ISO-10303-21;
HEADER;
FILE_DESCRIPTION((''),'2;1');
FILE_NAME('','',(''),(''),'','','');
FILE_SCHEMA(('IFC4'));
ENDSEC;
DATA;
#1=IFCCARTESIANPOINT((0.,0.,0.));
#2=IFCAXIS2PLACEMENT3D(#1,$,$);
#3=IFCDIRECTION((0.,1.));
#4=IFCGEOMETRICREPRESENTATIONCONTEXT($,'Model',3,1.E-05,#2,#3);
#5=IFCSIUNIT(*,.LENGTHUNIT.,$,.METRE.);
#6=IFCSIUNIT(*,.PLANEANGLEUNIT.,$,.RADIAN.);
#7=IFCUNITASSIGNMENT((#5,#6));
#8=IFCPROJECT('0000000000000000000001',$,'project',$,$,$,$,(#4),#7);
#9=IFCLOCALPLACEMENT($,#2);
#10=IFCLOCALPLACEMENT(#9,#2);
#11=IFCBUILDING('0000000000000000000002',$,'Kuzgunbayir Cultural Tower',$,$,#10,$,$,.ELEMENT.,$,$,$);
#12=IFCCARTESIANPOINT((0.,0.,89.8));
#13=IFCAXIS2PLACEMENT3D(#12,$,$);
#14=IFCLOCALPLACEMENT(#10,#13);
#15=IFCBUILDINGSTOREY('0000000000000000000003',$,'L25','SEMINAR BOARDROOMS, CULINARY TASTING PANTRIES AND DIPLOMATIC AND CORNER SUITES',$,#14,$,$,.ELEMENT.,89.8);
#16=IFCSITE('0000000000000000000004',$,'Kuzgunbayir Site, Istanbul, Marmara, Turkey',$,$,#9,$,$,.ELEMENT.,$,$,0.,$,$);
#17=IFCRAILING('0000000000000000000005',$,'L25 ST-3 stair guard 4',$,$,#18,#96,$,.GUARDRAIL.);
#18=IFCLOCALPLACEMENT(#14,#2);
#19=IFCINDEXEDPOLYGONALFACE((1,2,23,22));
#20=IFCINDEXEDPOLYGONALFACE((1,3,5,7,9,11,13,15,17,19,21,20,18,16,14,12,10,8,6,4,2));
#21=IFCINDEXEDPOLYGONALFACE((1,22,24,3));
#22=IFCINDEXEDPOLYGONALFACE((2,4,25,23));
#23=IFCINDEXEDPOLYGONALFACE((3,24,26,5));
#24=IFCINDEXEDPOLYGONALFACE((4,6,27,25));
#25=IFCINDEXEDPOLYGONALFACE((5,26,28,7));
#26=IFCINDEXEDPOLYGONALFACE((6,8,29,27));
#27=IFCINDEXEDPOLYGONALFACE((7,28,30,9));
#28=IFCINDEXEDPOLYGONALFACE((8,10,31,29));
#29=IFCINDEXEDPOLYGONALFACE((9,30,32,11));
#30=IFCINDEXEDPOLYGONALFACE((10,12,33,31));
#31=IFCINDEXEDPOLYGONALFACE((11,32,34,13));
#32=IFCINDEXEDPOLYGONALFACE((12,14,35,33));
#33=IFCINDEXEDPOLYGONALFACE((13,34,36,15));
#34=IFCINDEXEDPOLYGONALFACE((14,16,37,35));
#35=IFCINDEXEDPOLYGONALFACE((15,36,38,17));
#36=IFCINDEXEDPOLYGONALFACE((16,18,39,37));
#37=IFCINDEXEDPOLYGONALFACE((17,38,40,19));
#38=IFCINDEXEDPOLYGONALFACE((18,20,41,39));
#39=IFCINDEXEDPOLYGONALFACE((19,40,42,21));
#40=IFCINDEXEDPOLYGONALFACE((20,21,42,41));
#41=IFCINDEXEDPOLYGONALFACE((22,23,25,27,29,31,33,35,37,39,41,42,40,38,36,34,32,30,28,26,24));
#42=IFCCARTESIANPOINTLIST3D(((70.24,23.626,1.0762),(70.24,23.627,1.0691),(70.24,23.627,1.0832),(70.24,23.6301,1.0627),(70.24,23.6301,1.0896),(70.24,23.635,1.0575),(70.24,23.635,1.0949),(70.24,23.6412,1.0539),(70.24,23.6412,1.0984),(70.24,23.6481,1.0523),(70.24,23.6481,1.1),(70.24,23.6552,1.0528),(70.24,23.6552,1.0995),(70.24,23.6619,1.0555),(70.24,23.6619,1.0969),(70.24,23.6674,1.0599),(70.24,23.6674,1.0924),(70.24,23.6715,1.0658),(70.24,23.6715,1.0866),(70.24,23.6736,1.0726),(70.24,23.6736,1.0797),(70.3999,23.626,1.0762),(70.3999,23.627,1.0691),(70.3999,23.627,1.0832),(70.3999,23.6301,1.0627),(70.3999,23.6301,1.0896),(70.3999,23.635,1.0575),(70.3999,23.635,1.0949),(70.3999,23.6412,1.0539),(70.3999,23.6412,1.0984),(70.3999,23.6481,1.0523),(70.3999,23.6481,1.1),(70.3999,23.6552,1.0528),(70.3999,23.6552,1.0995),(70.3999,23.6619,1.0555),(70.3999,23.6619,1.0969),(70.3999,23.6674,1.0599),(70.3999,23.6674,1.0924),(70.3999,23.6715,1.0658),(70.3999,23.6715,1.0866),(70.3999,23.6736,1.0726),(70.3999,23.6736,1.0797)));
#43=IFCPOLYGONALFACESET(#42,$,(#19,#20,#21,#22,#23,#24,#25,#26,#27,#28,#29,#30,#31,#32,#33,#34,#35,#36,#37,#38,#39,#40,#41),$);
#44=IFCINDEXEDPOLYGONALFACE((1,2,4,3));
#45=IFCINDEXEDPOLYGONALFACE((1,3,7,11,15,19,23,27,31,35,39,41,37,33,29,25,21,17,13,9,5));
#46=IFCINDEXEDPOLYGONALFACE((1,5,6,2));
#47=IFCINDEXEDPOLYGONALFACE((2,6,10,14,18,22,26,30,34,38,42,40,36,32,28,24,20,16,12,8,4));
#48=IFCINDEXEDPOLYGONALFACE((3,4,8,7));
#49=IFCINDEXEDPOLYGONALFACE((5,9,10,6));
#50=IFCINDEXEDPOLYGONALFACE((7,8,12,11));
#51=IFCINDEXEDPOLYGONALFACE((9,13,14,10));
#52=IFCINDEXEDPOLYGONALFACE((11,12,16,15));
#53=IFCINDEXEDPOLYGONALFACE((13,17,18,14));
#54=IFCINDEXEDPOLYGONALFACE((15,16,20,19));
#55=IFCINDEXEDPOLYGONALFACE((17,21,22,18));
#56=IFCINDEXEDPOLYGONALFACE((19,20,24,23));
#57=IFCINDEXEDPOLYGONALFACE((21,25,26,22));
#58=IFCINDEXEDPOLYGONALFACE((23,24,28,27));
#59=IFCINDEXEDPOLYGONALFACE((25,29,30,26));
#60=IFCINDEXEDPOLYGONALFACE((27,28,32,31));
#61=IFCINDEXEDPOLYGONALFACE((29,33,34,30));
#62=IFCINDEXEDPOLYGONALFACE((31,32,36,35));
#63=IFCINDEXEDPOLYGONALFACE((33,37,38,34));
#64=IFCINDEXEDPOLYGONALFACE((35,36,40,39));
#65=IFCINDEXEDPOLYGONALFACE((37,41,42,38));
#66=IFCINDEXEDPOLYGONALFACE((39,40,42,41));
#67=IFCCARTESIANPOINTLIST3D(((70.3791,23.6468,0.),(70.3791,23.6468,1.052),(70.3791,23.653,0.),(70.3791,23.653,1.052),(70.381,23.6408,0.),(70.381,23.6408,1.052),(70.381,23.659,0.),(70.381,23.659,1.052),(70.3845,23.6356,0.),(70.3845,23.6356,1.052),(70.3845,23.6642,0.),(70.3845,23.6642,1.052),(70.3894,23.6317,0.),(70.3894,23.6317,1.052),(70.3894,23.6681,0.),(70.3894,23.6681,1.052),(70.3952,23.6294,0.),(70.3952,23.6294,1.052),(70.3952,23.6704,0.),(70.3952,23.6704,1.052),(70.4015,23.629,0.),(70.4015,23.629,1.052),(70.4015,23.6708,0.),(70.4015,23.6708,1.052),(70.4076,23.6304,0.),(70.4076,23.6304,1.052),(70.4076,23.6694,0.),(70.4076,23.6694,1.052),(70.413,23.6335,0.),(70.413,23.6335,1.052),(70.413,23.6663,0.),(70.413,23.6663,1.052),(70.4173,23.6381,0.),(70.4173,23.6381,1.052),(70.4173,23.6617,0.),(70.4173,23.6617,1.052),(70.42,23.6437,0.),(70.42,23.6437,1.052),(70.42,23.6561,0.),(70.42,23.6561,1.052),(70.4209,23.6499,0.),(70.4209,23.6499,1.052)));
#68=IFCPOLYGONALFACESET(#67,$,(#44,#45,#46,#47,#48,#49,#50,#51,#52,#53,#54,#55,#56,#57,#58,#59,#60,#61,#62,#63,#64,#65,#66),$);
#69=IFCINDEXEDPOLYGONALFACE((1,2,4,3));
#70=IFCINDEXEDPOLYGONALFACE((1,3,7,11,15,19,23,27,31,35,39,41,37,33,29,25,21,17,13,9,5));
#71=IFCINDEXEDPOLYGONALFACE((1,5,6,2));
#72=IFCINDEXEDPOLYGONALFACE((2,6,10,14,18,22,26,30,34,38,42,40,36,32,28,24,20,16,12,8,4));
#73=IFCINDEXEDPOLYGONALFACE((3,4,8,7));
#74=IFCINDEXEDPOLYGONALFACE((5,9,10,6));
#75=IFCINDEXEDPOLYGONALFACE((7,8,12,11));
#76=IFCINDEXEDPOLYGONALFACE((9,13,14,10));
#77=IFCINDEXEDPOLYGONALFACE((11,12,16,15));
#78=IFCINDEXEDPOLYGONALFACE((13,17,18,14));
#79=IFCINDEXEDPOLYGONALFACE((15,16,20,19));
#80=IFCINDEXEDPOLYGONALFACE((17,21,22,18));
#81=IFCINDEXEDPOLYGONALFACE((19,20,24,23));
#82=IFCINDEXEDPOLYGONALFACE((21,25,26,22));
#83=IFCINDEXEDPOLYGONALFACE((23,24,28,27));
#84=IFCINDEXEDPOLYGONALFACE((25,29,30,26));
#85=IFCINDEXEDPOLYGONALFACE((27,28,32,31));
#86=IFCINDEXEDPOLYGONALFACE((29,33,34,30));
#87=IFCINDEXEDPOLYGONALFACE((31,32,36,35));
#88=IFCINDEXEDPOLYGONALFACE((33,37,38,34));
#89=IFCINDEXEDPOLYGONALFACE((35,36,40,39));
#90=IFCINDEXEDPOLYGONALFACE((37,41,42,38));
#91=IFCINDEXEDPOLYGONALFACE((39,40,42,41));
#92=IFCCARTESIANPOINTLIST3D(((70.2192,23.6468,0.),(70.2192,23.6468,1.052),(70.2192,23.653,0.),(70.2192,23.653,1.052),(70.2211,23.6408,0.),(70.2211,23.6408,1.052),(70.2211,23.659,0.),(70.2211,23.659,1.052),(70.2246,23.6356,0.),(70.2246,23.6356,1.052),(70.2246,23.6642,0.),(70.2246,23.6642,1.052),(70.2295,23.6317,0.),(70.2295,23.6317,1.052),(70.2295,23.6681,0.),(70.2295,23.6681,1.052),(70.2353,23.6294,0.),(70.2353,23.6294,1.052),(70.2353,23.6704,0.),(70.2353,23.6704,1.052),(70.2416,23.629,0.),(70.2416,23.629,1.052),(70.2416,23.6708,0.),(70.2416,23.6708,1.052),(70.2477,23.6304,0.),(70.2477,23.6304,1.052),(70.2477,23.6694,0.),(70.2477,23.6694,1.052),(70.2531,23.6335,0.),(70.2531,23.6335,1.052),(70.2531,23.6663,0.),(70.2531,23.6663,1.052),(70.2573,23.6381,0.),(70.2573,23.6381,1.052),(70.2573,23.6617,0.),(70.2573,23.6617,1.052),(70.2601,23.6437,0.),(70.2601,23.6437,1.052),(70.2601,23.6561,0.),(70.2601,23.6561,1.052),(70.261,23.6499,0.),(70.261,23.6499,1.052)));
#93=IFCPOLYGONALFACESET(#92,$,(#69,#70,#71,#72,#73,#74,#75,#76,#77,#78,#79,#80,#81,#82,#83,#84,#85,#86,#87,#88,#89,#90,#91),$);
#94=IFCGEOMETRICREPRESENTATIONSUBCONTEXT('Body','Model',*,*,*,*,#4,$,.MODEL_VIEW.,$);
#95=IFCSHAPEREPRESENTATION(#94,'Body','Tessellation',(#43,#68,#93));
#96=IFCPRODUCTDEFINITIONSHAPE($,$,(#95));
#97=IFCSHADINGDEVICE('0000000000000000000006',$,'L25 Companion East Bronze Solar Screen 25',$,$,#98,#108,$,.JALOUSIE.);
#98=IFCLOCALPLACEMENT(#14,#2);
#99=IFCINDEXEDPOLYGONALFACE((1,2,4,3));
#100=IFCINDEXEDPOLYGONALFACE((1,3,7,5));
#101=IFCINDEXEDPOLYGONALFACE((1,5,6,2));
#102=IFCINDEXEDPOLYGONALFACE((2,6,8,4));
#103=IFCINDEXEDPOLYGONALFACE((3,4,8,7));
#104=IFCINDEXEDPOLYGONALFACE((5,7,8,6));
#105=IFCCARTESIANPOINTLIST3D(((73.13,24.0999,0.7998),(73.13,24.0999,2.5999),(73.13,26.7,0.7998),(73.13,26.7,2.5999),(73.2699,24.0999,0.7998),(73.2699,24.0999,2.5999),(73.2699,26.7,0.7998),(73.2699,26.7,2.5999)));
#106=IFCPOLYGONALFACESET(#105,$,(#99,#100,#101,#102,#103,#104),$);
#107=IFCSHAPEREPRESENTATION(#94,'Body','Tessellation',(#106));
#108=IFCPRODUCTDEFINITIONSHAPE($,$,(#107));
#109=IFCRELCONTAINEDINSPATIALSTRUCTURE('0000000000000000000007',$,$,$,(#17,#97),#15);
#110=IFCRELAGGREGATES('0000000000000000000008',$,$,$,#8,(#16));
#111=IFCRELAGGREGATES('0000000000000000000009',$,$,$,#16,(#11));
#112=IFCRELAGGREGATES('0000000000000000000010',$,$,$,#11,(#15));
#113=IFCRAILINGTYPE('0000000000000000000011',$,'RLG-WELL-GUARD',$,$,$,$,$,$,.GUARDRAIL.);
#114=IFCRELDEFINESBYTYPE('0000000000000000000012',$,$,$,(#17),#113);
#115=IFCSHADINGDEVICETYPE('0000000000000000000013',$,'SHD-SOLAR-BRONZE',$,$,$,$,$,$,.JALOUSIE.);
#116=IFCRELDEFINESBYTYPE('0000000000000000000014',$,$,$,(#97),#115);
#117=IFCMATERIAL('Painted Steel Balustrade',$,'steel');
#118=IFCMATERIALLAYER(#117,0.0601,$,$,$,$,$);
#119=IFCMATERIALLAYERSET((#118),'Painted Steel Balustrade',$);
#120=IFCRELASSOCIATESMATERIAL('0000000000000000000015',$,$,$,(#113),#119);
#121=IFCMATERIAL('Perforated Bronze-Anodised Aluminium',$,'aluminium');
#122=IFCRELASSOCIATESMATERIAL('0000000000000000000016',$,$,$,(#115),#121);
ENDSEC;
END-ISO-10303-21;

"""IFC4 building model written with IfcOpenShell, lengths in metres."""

from ifc_helpers import new_model, si_unit, direction, frame, origin, origin_2d, place, context, subcontext, project, spatial, rectangle, circle, extrude, material, layer, layer_set, type_object, element, save


model = new_model("IFC4")

# Units and contexts
model_context = context("Model", 3, precision=1e-05, world=origin(), true_north=direction((0.0, 1.0)))
body_context = subcontext(model_context, "Body", "Model", "MODEL_VIEW")
ifc_project = project(units=[si_unit("LENGTHUNIT", "METRE"), si_unit("PLANEANGLEUNIT", "RADIAN")], contexts=[model_context])

# Site, building, storey
site_placement = place(None, origin())
site = spatial("IfcSite", under=ifc_project, at=site_placement, Name="Kuzgunbayir Site, Istanbul, Marmara, Turkey", CompositionType="ELEMENT", RefElevation=0.0)
building_placement = place(site_placement, origin())
building = spatial("IfcBuilding", under=site, at=building_placement, Name="Kuzgunbayir Cultural Tower", CompositionType="ELEMENT")
storey_placement = place(building_placement, frame((0.0, 0.0, 89.8)))
storey = spatial("IfcBuildingStorey", under=building, at=storey_placement, Name="L25", Description="SEMINAR BOARDROOMS, CULINARY TASTING PANTRIES AND DIPLOMATIC AND CORNER SUITES", CompositionType="ELEMENT", Elevation=89.8)

# Railing
ifc_material_1 = material(Name="Painted Steel Balustrade", Category="steel")
ifc_layer_1 = layer(ifc_material_1, 0.0601)
ifc_layer_set_1 = layer_set([ifc_layer_1], Name="Painted Steel Balustrade")
railing_type_1 = type_object("IfcRailingType", Name="RLG-WELL-GUARD", PredefinedType="GUARDRAIL", material=ifc_layer_set_1)
railing_1_placement = place(storey_placement, frame((70.3999, 23.6499, 0.0)))
element("IfcRailing", 1, at=railing_1_placement, inside=storey, type_object=railing_type_1, Name="L25 ST-3 stair guard 4", PredefinedType="GUARDRAIL", context=body_context, shape_type="SweptSolid", body=[
    extrude(circle(Radius=0.0239, at=origin_2d()), frame((0.0, 0.0, 1.0762), z_axis=(-1.0, 0.0, 0.0), x_axis=(0.0, -1.0, 0.0)), (0.0, 0.0, 1.0), 0.1599),
    extrude(circle(Radius=0.021, at=origin_2d()), origin(), (0.0, 0.0, 1.0), 1.052),
    extrude(circle(Radius=0.021, at=origin_2d()), frame((-0.1599, 0.0, 0.0)), (0.0, 0.0, 1.0), 1.052),
])

# Shading device
ifc_material_2 = material(Name="Perforated Bronze-Anodised Aluminium", Category="aluminium")
shading_device_type = type_object("IfcShadingDeviceType", Name="SHD-SOLAR-BRONZE", PredefinedType="JALOUSIE", material=ifc_material_2)
shading_device_placement = place(storey_placement, frame((73.2, 25.3999, 0.7998), z_axis=(0.0, 0.0, 1.0), x_axis=(1.0, 0.0, 0.0)))
element("IfcShadingDevice", 2, at=shading_device_placement, inside=storey, type_object=shading_device_type, Name="L25 Companion East Bronze Solar Screen 25", PredefinedType="JALOUSIE", context=body_context, shape_type="SweptSolid", body=[
    extrude(rectangle(XDim=0.1399, YDim=2.6001, at=origin_2d()), origin(), (0.0, 0.0, 1.0), 1.8),
])

save(model, "model.ifc")
